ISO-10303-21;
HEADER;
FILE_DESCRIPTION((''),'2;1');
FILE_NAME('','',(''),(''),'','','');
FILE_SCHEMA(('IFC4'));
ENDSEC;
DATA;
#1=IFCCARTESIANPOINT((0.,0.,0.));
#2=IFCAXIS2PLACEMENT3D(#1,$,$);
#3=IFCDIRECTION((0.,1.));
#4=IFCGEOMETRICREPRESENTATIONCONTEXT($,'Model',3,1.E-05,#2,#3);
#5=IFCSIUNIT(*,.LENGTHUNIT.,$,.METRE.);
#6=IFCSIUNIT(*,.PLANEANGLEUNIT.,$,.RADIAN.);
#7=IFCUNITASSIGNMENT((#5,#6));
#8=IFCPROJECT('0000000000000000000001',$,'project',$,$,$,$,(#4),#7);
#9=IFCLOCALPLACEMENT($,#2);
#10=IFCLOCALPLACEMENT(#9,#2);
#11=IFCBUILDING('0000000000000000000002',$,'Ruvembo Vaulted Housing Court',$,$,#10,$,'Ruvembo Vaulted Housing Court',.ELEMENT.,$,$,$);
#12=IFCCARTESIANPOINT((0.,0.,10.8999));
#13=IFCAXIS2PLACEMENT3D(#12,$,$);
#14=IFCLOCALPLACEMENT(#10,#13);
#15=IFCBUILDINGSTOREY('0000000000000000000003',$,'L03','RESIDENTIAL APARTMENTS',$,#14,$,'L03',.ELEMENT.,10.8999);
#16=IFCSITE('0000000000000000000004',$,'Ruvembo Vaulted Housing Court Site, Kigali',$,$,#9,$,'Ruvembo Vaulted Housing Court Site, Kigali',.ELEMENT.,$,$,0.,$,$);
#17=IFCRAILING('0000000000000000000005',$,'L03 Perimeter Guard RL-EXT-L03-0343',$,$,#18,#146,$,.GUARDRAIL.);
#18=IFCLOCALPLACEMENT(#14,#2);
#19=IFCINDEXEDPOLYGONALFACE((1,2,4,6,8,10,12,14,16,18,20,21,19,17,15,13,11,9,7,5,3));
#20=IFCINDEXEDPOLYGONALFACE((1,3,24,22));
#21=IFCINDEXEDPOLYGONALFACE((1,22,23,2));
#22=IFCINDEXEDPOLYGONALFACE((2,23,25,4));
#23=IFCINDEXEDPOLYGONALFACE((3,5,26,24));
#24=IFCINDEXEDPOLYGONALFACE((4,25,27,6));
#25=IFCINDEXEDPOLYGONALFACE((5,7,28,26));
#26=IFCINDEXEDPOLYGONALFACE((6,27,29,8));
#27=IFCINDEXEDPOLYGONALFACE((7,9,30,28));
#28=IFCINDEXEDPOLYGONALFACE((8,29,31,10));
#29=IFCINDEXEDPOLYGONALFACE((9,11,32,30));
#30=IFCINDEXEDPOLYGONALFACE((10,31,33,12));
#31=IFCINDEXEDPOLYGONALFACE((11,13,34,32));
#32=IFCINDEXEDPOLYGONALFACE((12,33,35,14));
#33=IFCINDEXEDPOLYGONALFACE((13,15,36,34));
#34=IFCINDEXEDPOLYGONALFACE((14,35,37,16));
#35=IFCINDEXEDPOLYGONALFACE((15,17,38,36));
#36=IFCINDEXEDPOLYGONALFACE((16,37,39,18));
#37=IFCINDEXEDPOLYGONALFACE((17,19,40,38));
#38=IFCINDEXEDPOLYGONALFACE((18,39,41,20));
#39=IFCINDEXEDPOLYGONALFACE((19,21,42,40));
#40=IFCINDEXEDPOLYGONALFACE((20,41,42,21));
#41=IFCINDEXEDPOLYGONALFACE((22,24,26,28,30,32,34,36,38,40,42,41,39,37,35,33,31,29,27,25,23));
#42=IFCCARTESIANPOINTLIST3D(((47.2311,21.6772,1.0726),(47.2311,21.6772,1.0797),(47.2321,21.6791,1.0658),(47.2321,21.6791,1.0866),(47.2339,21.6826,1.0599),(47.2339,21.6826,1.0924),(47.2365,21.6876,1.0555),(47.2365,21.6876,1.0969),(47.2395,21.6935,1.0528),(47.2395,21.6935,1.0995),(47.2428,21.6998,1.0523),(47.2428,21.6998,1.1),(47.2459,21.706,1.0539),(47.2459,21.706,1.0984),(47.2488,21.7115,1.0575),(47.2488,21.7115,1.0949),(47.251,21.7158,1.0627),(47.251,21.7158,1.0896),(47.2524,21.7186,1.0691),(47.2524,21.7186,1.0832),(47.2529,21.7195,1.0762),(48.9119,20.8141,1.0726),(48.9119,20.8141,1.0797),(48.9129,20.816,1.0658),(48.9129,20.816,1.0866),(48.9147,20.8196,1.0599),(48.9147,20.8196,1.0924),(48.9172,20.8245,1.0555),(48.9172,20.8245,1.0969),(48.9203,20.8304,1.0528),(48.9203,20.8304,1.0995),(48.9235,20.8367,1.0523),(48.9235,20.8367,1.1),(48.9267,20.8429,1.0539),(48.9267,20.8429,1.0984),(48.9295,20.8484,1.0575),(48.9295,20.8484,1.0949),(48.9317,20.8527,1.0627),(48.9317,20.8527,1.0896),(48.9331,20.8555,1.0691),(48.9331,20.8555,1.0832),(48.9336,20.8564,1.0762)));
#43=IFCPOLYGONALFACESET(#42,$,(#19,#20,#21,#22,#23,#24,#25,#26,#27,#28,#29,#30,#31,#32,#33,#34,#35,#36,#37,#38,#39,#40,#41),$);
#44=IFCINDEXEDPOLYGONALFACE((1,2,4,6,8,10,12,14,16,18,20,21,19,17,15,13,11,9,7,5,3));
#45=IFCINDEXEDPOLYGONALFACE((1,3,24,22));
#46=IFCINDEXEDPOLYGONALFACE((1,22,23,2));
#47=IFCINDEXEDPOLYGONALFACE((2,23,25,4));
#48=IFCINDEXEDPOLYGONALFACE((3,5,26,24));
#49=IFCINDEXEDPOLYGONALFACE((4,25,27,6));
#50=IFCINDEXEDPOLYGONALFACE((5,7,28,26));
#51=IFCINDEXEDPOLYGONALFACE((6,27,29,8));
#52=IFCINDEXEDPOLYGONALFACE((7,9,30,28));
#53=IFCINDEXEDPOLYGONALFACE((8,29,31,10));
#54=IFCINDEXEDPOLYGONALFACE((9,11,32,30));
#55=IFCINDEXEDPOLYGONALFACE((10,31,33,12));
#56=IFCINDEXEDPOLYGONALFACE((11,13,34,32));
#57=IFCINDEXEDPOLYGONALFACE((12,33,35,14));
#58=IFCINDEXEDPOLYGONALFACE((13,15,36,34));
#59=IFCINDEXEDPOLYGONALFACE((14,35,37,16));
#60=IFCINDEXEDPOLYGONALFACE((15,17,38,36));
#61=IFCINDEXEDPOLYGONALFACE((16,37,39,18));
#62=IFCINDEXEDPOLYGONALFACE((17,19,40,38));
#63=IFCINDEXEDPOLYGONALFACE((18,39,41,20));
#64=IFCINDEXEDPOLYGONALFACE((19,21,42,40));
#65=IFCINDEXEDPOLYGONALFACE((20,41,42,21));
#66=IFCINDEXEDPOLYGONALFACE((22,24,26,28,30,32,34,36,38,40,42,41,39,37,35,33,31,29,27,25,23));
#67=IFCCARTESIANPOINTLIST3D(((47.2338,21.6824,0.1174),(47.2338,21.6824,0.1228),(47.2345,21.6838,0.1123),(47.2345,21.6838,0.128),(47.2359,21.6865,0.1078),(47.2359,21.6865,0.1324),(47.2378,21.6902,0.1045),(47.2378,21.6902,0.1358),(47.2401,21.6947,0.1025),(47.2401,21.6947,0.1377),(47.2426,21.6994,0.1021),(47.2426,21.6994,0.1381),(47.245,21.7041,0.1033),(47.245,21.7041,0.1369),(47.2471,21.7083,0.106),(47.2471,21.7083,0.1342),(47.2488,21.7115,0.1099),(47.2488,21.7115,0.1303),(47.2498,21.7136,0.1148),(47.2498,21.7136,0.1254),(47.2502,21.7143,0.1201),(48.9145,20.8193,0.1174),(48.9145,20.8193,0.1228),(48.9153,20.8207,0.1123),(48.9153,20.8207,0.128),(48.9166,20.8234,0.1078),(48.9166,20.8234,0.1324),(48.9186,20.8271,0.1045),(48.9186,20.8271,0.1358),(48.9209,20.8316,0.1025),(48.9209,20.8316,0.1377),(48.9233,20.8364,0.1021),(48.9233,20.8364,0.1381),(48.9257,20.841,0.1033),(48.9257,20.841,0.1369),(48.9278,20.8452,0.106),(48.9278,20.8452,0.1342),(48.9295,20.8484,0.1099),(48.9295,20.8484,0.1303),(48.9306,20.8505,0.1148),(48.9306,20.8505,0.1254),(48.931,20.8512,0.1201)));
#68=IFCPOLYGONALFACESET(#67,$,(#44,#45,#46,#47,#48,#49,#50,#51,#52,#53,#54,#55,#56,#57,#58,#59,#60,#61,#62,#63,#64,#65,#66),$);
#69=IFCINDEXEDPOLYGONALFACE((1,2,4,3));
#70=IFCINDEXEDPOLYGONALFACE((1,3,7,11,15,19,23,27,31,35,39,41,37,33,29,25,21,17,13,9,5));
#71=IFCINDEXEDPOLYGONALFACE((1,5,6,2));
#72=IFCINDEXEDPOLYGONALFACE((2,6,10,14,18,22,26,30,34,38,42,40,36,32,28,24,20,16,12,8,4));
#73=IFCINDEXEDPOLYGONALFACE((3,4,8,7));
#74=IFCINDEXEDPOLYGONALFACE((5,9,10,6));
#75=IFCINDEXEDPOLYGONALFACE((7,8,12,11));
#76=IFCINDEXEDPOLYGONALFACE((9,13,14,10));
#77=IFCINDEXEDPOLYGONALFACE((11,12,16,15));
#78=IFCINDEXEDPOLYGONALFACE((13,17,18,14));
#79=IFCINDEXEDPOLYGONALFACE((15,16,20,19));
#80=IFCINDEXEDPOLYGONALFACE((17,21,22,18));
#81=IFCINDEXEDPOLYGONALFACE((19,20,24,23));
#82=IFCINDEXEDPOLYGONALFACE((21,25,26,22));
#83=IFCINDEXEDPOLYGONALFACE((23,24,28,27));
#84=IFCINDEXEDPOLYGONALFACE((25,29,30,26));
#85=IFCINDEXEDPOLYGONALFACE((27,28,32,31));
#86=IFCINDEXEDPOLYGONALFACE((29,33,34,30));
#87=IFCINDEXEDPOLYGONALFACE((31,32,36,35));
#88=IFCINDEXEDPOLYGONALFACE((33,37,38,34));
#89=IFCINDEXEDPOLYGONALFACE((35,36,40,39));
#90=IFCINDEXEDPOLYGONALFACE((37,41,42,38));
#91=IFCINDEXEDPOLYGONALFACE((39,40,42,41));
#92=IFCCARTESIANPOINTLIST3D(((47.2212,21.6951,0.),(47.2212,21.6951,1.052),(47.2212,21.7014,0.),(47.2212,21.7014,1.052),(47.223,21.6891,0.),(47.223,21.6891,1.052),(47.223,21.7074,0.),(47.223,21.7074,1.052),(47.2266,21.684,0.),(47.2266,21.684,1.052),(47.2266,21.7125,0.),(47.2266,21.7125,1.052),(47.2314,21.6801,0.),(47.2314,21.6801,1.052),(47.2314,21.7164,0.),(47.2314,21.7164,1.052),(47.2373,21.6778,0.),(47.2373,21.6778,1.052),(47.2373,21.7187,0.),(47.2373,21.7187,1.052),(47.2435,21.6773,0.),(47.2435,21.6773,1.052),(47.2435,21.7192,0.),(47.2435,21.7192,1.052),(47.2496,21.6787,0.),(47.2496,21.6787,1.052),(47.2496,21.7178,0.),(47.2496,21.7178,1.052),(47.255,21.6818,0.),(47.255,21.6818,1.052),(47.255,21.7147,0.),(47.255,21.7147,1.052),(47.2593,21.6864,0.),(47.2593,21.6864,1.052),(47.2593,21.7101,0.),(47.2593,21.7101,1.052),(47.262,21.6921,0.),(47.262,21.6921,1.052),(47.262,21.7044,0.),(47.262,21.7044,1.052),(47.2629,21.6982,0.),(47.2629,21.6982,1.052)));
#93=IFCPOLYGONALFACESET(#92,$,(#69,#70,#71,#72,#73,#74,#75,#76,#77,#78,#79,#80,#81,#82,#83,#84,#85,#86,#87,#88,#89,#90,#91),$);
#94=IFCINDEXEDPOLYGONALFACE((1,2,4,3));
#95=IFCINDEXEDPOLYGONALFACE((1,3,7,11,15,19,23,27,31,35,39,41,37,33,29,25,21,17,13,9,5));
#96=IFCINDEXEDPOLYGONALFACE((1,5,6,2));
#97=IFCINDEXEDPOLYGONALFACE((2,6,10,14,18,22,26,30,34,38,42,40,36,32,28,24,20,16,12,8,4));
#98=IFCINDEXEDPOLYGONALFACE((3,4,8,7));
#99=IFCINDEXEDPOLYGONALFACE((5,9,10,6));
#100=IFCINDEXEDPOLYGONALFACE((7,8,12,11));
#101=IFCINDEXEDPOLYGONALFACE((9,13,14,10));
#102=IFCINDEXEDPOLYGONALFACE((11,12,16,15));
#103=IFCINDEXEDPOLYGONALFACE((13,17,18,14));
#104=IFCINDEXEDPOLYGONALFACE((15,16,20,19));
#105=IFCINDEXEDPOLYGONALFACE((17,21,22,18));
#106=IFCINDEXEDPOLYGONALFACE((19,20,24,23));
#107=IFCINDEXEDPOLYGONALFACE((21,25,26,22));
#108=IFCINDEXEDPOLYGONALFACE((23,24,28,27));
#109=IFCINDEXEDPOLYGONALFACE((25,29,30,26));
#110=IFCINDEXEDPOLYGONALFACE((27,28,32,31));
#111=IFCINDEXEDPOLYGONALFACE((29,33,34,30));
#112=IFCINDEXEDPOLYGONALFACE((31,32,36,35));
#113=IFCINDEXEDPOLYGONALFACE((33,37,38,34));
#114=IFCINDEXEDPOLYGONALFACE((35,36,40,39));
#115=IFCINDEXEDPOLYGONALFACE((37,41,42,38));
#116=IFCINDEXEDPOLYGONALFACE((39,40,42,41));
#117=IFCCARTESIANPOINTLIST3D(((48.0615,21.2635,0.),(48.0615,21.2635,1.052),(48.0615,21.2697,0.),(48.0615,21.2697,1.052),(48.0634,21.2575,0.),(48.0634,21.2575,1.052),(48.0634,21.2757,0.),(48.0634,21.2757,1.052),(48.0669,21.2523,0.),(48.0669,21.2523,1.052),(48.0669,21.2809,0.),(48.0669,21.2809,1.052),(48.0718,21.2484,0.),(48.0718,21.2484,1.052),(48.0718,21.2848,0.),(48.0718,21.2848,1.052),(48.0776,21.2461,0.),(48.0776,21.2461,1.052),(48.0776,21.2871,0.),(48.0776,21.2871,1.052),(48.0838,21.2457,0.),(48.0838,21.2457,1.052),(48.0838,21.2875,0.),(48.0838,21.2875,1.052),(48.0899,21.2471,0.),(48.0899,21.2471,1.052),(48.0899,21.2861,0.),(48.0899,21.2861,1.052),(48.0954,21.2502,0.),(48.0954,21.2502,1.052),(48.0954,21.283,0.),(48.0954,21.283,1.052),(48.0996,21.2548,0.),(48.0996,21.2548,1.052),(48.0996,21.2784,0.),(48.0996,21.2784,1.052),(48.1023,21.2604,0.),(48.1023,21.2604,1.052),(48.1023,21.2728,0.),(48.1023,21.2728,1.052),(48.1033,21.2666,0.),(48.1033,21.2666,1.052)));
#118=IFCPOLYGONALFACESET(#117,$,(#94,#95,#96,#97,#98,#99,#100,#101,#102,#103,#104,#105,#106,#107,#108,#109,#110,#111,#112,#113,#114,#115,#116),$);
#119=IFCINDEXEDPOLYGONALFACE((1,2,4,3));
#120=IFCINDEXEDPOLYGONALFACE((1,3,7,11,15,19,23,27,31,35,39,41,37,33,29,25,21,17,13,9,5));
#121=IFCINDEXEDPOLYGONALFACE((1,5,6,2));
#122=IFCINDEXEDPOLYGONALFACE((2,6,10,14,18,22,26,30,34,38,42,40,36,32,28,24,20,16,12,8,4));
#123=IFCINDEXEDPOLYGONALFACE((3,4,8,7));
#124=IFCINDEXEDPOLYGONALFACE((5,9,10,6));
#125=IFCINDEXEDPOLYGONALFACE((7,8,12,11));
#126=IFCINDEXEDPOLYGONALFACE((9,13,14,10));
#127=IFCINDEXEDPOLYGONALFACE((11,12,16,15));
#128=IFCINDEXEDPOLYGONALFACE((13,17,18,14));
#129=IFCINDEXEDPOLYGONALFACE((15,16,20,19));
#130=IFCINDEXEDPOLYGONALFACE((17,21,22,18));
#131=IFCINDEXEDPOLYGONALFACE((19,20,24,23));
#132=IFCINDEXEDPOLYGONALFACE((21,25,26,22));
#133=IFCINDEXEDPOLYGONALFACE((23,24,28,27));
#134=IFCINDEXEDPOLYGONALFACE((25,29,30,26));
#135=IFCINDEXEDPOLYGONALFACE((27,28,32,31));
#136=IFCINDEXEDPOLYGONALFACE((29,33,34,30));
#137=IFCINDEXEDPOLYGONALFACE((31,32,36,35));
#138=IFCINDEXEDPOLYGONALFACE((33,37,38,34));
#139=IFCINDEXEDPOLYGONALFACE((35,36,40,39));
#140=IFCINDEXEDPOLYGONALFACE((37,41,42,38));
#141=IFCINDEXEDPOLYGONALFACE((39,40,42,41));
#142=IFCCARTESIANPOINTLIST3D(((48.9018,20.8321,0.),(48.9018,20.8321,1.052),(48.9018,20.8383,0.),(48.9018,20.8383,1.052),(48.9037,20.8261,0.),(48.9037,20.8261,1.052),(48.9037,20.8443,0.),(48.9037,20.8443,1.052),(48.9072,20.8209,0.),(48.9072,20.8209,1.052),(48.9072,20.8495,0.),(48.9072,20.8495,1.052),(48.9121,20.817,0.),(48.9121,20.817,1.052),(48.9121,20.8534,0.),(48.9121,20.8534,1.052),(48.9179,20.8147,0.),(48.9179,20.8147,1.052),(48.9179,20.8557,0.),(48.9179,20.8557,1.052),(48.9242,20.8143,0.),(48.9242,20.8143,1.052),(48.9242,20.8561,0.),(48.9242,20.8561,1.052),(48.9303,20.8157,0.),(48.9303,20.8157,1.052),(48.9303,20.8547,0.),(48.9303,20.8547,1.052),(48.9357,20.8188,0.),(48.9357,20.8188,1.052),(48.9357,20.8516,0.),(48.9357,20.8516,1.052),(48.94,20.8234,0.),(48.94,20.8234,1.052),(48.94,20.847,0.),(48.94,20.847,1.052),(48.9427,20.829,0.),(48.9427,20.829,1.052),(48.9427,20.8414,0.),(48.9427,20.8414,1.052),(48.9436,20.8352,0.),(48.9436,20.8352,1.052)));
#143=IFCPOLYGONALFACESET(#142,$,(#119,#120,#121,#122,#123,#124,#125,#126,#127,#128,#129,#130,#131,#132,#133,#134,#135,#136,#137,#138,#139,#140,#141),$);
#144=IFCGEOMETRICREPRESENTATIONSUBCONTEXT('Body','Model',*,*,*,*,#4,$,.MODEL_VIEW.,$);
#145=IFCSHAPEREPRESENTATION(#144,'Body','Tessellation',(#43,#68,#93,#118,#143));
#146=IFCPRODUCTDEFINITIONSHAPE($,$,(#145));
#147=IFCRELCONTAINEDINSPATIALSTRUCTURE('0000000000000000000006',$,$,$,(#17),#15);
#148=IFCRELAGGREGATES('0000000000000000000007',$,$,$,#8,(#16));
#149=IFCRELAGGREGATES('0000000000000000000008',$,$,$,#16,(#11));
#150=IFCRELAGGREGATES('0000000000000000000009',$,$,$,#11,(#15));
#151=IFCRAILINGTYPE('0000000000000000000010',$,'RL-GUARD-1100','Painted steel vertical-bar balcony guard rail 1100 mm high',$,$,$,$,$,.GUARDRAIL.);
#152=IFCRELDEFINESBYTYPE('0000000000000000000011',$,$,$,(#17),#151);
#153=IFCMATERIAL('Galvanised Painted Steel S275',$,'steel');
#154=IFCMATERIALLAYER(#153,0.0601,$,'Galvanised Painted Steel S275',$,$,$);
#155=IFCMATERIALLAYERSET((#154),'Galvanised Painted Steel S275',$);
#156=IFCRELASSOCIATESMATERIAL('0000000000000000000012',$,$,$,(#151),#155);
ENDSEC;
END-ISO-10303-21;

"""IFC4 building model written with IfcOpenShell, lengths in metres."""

from ifc_helpers import new_model, si_unit, direction, frame, origin, origin_2d, place, context, subcontext, project, spatial, circle, extrude, material, layer, layer_set, type_object, element, save


model = new_model("IFC4")

# Units and contexts
model_context = context("Model", 3, precision=1e-05, world=origin(), true_north=direction((0.0, 1.0)))
body_context = subcontext(model_context, "Body", "Model", "MODEL_VIEW")
ifc_project = project(units=[si_unit("LENGTHUNIT", "METRE"), si_unit("PLANEANGLEUNIT", "RADIAN")], contexts=[model_context])

# Site, building, storey
site_placement = place(None, origin())
site = spatial("IfcSite", under=ifc_project, at=site_placement, Name="Ruvembo Vaulted Housing Court Site, Kigali", LongName="Ruvembo Vaulted Housing Court Site, Kigali", CompositionType="ELEMENT", RefElevation=0.0)
building_placement = place(site_placement, origin())
building = spatial("IfcBuilding", under=site, at=building_placement, Name="Ruvembo Vaulted Housing Court", LongName="Ruvembo Vaulted Housing Court", CompositionType="ELEMENT")
storey_placement = place(building_placement, frame((0.0, 0.0, 10.8999)))
storey = spatial("IfcBuildingStorey", under=building, at=storey_placement, Name="L03", Description="RESIDENTIAL APARTMENTS", LongName="L03", CompositionType="ELEMENT", Elevation=10.8999)

# Railing
ifc_material_1 = material(Name="Galvanised Painted Steel S275", Category="steel")
ifc_layer_1 = layer(ifc_material_1, 0.0601, Name="Galvanised Painted Steel S275")
ifc_layer_set_1 = layer_set([ifc_layer_1], Name="Galvanised Painted Steel S275")
railing_type_1 = type_object("IfcRailingType", Name="RL-GUARD-1100", Description="Painted steel vertical-bar balcony guard rail 1100 mm high", PredefinedType="GUARDRAIL", material=ifc_layer_set_1)
railing_1_placement = place(storey_placement, frame((47.2419, 21.6982, 0.0)))
element("IfcRailing", 1, at=railing_1_placement, inside=storey, type_object=railing_type_1, Name="L03 Perimeter Guard RL-EXT-L03-0343", PredefinedType="GUARDRAIL", context=body_context, shape_type="SweptSolid", body=[
    extrude(circle(Radius=0.0239, at=origin_2d()), frame((0.0, 0.0, 1.0762), z_axis=(0.889568, -0.456802, 0.0), x_axis=(0.456802, 0.889568, 0.0)), (0.0, 0.0, 1.0), 1.8894),
    extrude(circle(Radius=0.0181, at=origin_2d()), frame((0.0, 0.0, 0.1201), z_axis=(0.889568, -0.456802, 0.0), x_axis=(0.456802, 0.889568, 0.0)), (0.0, 0.0, 1.0), 1.8894),
    extrude(circle(Radius=0.021, at=origin_2d()), origin(), (0.0, 0.0, 1.0), 1.052),
    extrude(circle(Radius=0.021, at=origin_2d()), frame((0.8403, -0.4316, 0.0)), (0.0, 0.0, 1.0), 1.052),
    extrude(circle(Radius=0.021, at=origin_2d()), frame((1.6807, -0.863, 0.0)), (0.0, 0.0, 1.0), 1.052),
])

save(model, "model.ifc")
